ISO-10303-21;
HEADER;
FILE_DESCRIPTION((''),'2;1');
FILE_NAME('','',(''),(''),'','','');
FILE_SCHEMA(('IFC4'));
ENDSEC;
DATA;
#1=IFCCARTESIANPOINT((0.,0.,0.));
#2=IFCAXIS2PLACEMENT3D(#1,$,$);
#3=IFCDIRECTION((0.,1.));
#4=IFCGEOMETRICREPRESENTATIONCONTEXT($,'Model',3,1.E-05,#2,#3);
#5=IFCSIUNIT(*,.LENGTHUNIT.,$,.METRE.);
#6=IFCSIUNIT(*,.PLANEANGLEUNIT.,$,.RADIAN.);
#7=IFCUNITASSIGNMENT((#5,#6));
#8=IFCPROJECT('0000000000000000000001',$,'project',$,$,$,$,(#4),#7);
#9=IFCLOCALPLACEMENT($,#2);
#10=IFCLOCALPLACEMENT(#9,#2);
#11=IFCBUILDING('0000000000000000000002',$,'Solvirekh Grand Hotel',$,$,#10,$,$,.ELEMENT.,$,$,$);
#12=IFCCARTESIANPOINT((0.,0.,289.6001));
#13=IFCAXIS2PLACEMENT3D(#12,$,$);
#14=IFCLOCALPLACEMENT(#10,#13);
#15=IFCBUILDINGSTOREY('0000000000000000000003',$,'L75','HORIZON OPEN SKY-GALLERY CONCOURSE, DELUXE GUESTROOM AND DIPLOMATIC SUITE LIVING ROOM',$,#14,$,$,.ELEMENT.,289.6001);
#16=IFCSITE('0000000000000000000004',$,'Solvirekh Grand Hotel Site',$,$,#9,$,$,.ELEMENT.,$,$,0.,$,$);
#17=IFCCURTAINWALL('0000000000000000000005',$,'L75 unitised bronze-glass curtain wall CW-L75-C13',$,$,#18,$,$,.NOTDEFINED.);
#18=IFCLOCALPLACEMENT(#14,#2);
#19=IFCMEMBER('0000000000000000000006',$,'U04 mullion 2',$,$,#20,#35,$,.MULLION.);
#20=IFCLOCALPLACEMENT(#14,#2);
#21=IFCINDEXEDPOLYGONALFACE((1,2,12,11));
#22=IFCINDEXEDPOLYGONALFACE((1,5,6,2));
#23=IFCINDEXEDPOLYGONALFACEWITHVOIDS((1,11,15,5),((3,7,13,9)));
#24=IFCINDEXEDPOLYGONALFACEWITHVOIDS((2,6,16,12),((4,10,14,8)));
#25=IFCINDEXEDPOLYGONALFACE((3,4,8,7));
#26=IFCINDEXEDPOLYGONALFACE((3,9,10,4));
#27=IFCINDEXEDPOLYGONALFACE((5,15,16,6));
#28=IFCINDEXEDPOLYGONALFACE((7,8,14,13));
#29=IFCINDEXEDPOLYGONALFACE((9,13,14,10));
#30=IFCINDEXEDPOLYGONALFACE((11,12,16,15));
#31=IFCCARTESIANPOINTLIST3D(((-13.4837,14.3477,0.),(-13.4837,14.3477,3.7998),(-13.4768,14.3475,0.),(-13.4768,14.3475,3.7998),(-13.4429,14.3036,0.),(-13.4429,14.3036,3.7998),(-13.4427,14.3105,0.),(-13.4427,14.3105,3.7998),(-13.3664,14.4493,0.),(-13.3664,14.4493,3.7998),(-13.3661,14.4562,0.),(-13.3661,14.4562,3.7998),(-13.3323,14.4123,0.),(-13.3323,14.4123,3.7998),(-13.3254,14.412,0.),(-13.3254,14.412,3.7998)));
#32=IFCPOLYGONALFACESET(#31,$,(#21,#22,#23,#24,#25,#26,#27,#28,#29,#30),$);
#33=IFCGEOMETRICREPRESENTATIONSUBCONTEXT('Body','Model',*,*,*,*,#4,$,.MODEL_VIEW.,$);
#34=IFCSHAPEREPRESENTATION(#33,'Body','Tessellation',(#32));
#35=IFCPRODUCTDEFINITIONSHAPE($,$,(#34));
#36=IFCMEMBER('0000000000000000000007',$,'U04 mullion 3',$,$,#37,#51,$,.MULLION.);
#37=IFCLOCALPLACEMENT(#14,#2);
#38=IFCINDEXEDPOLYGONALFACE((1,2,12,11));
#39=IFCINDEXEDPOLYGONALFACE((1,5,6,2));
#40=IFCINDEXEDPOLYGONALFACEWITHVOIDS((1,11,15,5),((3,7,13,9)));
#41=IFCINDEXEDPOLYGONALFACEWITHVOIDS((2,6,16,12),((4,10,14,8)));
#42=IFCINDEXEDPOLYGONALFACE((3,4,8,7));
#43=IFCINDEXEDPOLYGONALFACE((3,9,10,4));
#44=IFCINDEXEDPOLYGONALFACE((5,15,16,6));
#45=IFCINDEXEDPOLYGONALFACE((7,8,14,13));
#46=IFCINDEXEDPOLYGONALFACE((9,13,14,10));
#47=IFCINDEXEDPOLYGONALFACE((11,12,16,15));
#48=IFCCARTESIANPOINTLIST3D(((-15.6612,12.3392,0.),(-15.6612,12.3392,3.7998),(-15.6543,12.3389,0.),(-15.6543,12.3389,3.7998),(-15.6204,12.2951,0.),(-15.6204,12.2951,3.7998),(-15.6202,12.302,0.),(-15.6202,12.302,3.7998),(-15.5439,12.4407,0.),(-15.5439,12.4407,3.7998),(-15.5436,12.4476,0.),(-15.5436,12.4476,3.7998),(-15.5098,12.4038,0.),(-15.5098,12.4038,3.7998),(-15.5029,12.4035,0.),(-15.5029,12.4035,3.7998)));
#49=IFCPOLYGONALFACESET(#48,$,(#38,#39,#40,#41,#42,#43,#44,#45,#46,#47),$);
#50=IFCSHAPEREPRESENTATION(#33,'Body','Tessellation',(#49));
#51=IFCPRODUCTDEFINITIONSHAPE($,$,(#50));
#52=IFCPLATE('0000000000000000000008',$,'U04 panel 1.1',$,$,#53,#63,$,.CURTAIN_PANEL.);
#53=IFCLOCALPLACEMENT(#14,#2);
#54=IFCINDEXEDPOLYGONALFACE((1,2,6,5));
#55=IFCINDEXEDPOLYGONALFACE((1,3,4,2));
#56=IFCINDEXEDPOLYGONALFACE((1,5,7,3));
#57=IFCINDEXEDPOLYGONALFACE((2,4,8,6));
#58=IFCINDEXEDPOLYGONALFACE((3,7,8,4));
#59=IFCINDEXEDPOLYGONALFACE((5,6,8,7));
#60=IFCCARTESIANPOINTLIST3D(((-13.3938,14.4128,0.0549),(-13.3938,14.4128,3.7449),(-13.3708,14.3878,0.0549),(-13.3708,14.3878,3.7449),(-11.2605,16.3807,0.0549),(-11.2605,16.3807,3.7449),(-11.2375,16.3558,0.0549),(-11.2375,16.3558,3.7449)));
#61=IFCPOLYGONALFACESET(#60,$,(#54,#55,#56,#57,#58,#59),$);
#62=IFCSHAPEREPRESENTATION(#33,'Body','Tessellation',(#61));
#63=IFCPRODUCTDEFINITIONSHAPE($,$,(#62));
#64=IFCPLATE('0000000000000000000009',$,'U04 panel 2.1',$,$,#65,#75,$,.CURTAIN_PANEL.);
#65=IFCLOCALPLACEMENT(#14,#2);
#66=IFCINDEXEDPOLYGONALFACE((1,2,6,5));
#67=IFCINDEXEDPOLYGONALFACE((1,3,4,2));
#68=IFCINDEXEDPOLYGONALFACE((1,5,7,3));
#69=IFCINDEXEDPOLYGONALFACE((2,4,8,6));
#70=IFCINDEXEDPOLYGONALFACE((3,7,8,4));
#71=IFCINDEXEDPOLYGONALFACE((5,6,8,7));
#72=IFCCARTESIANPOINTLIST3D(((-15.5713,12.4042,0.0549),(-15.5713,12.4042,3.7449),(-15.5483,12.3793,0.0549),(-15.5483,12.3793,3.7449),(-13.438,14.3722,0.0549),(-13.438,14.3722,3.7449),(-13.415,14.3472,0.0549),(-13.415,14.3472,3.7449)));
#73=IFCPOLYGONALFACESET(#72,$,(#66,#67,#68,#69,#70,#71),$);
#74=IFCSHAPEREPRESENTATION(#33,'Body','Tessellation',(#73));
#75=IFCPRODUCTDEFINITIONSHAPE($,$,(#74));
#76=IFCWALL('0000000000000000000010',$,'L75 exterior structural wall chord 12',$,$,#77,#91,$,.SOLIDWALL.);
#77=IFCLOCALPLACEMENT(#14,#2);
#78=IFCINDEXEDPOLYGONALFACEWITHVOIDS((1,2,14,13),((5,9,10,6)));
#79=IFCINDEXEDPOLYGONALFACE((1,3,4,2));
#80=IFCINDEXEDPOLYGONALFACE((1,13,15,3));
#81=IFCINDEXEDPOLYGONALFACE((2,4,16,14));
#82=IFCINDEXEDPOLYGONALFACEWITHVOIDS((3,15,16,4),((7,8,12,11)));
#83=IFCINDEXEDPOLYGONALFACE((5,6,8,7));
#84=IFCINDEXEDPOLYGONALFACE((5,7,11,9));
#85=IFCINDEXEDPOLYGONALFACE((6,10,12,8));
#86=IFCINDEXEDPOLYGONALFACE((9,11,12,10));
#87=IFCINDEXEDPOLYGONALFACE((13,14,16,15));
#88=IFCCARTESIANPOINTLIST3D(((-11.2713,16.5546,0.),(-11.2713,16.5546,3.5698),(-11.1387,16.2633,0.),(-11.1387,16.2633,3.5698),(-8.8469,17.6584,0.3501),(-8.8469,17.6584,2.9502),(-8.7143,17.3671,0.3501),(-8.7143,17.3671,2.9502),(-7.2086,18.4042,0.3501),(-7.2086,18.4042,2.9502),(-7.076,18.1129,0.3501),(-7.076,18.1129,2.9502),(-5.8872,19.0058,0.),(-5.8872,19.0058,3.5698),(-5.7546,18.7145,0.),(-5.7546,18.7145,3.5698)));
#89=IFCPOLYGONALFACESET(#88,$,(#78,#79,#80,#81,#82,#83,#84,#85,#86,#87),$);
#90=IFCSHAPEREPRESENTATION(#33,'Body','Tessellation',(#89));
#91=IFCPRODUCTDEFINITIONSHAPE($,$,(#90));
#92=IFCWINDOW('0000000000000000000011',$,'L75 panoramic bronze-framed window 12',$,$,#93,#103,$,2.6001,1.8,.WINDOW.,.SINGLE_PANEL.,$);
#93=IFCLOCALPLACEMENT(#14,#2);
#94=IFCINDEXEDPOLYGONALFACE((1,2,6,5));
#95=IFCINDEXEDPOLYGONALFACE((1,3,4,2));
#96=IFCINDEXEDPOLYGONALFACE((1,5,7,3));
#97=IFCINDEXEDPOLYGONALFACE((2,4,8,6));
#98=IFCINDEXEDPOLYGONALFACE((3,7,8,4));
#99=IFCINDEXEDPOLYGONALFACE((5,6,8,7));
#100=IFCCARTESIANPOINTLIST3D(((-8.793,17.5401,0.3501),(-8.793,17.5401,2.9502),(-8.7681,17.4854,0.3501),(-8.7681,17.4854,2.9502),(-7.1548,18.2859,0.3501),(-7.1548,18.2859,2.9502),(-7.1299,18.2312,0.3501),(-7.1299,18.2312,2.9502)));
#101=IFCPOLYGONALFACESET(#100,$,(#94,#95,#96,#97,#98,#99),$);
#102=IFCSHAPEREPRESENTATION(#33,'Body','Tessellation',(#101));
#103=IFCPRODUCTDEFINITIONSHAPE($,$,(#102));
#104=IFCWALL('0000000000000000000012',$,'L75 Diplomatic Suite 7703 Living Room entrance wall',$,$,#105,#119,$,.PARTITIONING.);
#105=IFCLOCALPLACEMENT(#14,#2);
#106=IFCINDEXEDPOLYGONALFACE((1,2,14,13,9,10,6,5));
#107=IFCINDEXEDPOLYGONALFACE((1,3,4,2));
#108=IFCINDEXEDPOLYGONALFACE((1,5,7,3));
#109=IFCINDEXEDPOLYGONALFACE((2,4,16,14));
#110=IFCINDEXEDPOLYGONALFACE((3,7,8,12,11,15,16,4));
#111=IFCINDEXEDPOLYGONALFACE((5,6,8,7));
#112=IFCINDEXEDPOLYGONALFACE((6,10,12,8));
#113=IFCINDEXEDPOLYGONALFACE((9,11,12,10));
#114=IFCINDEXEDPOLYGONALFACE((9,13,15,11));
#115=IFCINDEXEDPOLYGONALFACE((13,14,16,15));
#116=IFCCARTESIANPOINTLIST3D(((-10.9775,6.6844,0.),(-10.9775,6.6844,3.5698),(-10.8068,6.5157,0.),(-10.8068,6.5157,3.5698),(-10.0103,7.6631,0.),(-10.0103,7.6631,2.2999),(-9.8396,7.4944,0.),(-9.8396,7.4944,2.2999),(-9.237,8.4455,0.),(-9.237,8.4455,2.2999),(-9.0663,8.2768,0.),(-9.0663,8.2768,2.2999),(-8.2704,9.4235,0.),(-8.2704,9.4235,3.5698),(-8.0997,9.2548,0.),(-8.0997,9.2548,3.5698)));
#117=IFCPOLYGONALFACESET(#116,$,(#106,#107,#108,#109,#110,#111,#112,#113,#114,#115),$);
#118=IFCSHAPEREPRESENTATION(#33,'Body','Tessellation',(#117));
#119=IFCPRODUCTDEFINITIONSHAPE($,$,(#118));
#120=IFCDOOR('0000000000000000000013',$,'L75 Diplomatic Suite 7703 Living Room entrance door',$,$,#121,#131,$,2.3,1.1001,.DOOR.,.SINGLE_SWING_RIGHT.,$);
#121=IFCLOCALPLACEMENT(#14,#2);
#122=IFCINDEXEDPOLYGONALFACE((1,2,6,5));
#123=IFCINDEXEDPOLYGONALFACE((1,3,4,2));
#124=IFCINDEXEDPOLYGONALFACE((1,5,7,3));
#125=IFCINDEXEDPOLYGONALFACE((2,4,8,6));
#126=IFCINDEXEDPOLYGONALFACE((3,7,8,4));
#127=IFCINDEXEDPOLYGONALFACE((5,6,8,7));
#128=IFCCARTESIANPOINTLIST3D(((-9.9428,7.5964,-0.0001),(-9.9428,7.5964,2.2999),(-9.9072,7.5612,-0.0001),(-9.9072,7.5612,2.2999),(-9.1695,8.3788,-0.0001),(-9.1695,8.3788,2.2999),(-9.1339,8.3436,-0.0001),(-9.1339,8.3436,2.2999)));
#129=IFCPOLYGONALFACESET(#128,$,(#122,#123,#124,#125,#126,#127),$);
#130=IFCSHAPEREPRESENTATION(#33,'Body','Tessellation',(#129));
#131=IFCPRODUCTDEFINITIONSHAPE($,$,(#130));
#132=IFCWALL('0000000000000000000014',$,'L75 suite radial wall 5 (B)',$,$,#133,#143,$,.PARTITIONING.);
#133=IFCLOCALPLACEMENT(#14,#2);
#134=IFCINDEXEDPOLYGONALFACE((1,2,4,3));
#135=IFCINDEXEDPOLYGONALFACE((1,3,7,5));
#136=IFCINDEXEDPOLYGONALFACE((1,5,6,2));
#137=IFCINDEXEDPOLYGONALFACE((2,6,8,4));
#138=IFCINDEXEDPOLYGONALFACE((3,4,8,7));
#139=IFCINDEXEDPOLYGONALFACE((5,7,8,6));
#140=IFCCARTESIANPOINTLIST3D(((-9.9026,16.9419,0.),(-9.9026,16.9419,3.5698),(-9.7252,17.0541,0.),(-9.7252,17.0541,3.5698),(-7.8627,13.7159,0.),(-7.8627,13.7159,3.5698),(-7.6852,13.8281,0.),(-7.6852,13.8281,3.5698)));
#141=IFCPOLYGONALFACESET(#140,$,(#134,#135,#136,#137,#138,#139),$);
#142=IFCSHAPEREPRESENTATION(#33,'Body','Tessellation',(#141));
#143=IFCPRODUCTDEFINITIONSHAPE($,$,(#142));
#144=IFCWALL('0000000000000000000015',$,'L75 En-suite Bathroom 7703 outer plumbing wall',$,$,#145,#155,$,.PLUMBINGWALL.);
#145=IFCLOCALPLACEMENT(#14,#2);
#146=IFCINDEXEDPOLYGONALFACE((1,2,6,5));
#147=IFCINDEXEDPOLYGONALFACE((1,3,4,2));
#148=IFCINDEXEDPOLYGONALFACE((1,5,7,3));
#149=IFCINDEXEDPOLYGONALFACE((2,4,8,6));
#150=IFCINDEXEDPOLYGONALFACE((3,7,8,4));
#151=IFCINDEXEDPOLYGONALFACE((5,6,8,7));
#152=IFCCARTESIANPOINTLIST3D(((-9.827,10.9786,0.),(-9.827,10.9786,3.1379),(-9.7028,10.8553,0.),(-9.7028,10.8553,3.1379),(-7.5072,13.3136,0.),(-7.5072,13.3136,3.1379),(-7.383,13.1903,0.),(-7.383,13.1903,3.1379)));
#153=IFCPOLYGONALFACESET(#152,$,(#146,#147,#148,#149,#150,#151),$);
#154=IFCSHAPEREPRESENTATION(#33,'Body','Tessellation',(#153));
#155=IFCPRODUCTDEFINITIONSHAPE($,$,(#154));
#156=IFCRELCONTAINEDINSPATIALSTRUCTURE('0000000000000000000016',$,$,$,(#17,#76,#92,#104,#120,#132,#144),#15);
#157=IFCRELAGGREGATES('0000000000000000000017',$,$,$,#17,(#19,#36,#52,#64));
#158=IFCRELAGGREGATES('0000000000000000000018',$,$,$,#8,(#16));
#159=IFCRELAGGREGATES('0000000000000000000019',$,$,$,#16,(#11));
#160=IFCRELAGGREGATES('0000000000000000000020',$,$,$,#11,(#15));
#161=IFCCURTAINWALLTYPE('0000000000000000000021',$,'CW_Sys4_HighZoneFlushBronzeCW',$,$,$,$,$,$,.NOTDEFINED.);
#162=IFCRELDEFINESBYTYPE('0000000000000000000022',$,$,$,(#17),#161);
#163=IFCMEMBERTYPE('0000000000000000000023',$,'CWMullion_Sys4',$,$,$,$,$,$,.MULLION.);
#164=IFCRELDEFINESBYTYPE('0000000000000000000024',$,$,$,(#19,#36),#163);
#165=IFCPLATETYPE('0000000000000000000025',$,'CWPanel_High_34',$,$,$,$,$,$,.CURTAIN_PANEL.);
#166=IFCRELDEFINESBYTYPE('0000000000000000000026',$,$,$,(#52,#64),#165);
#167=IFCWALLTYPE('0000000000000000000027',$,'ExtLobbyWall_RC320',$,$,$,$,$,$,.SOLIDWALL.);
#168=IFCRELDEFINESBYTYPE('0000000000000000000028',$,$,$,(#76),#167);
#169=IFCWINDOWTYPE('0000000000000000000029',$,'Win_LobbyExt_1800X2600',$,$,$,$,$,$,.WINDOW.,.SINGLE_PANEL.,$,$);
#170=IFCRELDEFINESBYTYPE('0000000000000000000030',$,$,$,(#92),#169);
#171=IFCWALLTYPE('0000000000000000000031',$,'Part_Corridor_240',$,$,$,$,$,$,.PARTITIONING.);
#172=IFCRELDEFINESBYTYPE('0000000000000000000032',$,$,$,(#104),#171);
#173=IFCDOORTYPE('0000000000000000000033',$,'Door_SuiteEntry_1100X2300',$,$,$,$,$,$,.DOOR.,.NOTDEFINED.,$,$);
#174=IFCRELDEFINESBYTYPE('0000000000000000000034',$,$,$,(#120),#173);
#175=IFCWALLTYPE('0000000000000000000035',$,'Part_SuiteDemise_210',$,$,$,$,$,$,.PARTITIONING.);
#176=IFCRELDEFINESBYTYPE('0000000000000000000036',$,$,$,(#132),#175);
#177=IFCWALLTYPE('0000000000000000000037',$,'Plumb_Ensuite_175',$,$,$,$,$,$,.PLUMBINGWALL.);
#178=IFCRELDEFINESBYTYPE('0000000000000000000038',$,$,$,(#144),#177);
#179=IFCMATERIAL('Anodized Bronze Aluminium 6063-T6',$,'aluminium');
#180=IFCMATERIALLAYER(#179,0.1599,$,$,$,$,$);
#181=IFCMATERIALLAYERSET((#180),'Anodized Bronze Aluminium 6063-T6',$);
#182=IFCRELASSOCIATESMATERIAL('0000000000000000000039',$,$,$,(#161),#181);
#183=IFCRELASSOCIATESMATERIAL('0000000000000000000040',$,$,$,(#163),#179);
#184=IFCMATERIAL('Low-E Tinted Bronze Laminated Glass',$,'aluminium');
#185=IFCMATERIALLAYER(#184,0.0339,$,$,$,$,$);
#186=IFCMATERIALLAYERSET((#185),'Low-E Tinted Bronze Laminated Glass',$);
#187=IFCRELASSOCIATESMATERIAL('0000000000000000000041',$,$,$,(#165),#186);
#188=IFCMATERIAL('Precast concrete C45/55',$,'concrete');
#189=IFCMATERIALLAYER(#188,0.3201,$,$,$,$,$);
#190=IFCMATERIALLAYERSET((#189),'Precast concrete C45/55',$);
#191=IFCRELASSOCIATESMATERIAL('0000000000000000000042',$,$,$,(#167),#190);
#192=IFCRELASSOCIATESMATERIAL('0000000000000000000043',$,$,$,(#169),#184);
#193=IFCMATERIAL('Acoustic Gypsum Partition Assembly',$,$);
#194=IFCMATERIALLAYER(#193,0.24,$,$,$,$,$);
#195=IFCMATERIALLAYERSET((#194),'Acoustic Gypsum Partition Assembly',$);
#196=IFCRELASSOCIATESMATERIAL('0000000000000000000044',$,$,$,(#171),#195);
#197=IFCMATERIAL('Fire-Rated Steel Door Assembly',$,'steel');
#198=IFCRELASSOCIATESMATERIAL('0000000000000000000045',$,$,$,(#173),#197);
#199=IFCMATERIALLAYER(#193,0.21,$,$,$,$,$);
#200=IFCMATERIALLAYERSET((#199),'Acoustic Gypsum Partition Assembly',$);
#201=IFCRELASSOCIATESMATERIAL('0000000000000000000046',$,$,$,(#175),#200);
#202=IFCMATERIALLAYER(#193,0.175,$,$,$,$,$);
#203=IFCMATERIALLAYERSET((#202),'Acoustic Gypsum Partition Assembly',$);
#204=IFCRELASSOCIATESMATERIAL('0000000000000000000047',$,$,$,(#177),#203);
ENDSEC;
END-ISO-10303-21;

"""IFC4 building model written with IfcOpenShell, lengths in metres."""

from ifc_helpers import new_model, si_unit, direction, frame, frame_2d, origin, origin_2d, place, context, subcontext, project, spatial, rectangle, hollow_rectangle, extrude, source, transform, mapped, material, layer, layer_set, material_profile, profile_set, type_object, element, fill, aggregate, save


model = new_model("IFC4")

# Units and contexts
model_context = context("Model", 3, precision=1e-05, world=origin(), true_north=direction((0.0, 1.0)))
body_context = subcontext(model_context, "Body", "Model", "MODEL_VIEW")
ifc_project = project(units=[si_unit("LENGTHUNIT", "METRE"), si_unit("PLANEANGLEUNIT", "RADIAN")], contexts=[model_context])

# Site, building, storey
site_placement = place(None, origin())
site = spatial("IfcSite", under=ifc_project, at=site_placement, Name="Solvirekh Grand Hotel Site", CompositionType="ELEMENT", RefElevation=0.0)
building_placement = place(site_placement, origin())
building = spatial("IfcBuilding", under=site, at=building_placement, Name="Solvirekh Grand Hotel", CompositionType="ELEMENT")
storey_placement = place(building_placement, frame((0.0, 0.0, 289.6001)))
storey = spatial("IfcBuildingStorey", under=building, at=storey_placement, Name="L75", Description="HORIZON OPEN SKY-GALLERY CONCOURSE, DELUXE GUESTROOM AND DIPLOMATIC SUITE LIVING ROOM", CompositionType="ELEMENT", Elevation=289.6001)

# Curtain wall, members, plates
ifc_material_1 = material(Name="Anodized Bronze Aluminium 6063-T6", Category="aluminium")
ifc_layer_1 = layer(ifc_material_1, 0.1599)
ifc_layer_set_1 = layer_set([ifc_layer_1], Name="Anodized Bronze Aluminium 6063-T6")
curtain_wall_type = type_object("IfcCurtainWallType", Name="CW_Sys4_HighZoneFlushBronzeCW", PredefinedType="NOTDEFINED", material=ifc_layer_set_1)
curtain_wall_placement = place(storey_placement, origin())
curtain_wall = element("IfcCurtainWall", 1, at=curtain_wall_placement, inside=storey, type_object=curtain_wall_type, Name="L75 unitised bronze-glass curtain wall CW-L75-C13", PredefinedType="NOTDEFINED")
ifc_material_profile_1 = material_profile(ifc_material_1, hollow_rectangle(XDim=0.0601, YDim=0.1599, WallThickness=0.0049, at=origin_2d()), Name="ALU RHS 160X60X5")
ifc_profile_set_1 = profile_set([ifc_material_profile_1], Name="Anodized Bronze Aluminium 6063-T6")
member_type_1 = type_object("IfcMemberType", Name="CWMullion_Sys4", PredefinedType="MULLION", material=ifc_profile_set_1)
shared_shape_1 = source(origin(), body_context, "Body", "SweptSolid", [
    extrude(hollow_rectangle(XDim=0.0601, YDim=0.1599, WallThickness=0.0049, at=origin_2d()), origin(), (0.0, 0.0, 1.0), 3.7998),
])
member_1_placement = place(storey_placement, frame((-13.4045, 14.3799, 0.0), z_axis=(0.0, 0.0, 1.0), x_axis=(0.678044, -0.735021, 0.0)))
member_1 = element("IfcMember", 2, at=member_1_placement, type_object=member_type_1, Name="U04 mullion 2", PredefinedType="MULLION", context=body_context, shape_type="MappedRepresentation", body=[
    mapped(shared_shape_1, transform((0.0, 0.0, 0.0), x_axis=(1.0, 0.0, 0.0), y_axis=(0.0, 1.0, 0.0), z_axis=(0.0, 0.0, 1.0), scale=1.0)),
])
member_2_placement = place(storey_placement, frame((-15.582, 12.3713, 0.0), z_axis=(0.0, 0.0, 1.0), x_axis=(0.678044, -0.735021, 0.0)))
member_2 = element("IfcMember", 3, at=member_2_placement, type_object=member_type_1, Name="U04 mullion 3", PredefinedType="MULLION", context=body_context, shape_type="MappedRepresentation", body=[
    mapped(shared_shape_1, transform((0.0, 0.0, 0.0), x_axis=(1.0, 0.0, 0.0), y_axis=(0.0, 1.0, 0.0), z_axis=(0.0, 0.0, 1.0), scale=1.0)),
])
ifc_material_2 = material(Name="Low-E Tinted Bronze Laminated Glass", Category="aluminium")
ifc_layer_2 = layer(ifc_material_2, 0.0339)
ifc_layer_set_2 = layer_set([ifc_layer_2], Name="Low-E Tinted Bronze Laminated Glass")
plate_type = type_object("IfcPlateType", Name="CWPanel_High_34", PredefinedType="CURTAIN_PANEL", material=ifc_layer_set_2)
shared_shape_2 = source(origin(), body_context, "Body", "SweptSolid", [
    extrude(rectangle(XDim=2.9023, YDim=0.0339, at=origin_2d()), origin(), (0.0, 0.0, 1.0), 3.6899),
])
plate_1_placement = place(storey_placement, frame((-12.3157, 15.3843, 0.0549), z_axis=(0.0, 0.0, 1.0), x_axis=(-0.735021, -0.678044, 0.0)))
plate_1 = element("IfcPlate", 4, at=plate_1_placement, type_object=plate_type, Name="U04 panel 1.1", PredefinedType="CURTAIN_PANEL", context=body_context, shape_type="MappedRepresentation", body=[
    mapped(shared_shape_2, transform((0.0, 0.0, 0.0), x_axis=(1.0, 0.0, 0.0), y_axis=(0.0, 1.0, 0.0), z_axis=(0.0, 0.0, 1.0), scale=1.0)),
])
plate_2_placement = place(storey_placement, frame((-14.4932, 13.3757, 0.0549), z_axis=(0.0, 0.0, 1.0), x_axis=(-0.735021, -0.678044, 0.0)))
plate_2 = element("IfcPlate", 5, at=plate_2_placement, type_object=plate_type, Name="U04 panel 2.1", PredefinedType="CURTAIN_PANEL", context=body_context, shape_type="MappedRepresentation", body=[
    mapped(shared_shape_2, transform((0.0, 0.0, 0.0), x_axis=(1.0, 0.0, 0.0), y_axis=(0.0, 1.0, 0.0), z_axis=(0.0, 0.0, 1.0), scale=1.0)),
])
aggregate(curtain_wall, [member_1, member_2, plate_1, plate_2])

# Wall, opening, window
ifc_material_3 = material(Name="Precast concrete C45/55", Category="concrete")
ifc_layer_3 = layer(ifc_material_3, 0.3201)
ifc_layer_set_3 = layer_set([ifc_layer_3], Name="Precast concrete C45/55")
wall_type_1 = type_object("IfcWallType", Name="ExtLobbyWall_RC320", PredefinedType="SOLIDWALL", material=ifc_layer_set_3)
wall_1_placement = place(storey_placement, frame((-11.2051, 16.4089, 0.0), z_axis=(0.0, 0.0, 1.0), x_axis=(0.910119, 0.414347, 0.0)))
wall_1 = element("IfcWall", 6, at=wall_1_placement, inside=storey, type_object=wall_type_1, Name="L75 exterior structural wall chord 12", PredefinedType="SOLIDWALL", context=body_context, shape_type="SweptSolid", body=[
    extrude(rectangle(XDim=5.9158, YDim=0.3201, at=frame_2d((2.958, 0.0))), origin(), (0.0, 0.0, 1.0), 3.5698),
])
opening_1_placement = place(wall_1_placement, frame((2.6641, 0.0, 0.3501)))
opening_1 = element("IfcOpeningElement", 7, at=opening_1_placement, cuts=wall_1, PredefinedType="OPENING", context=body_context, shape_type="SweptSolid", body=[
    extrude(rectangle(XDim=1.8, YDim=2.6001, at=frame_2d((0.8999, 1.3))), frame((0.0, 0.1699, 0.0), z_axis=(0.0, -1.0, 0.0), x_axis=(1.0, 0.0, 0.0)), (0.0, 0.0, 1.0), 0.3401),
])
window_type = type_object("IfcWindowType", Name="Win_LobbyExt_1800X2600", PartitioningType="SINGLE_PANEL", PredefinedType="WINDOW", material=ifc_material_2)
window_placement = place(opening_1_placement, origin())
window = element("IfcWindow", 8, at=window_placement, inside=storey, type_object=window_type, Name="L75 panoramic bronze-framed window 12", OverallHeight=2.6001, OverallWidth=1.8, PartitioningType="SINGLE_PANEL", PredefinedType="WINDOW", context=body_context, shape_type="SweptSolid", body=[
    extrude(rectangle(XDim=1.8, YDim=2.6001, at=frame_2d((0.8999, 1.3))), frame((0.0, 0.03, 0.0), z_axis=(0.0, -1.0, 0.0), x_axis=(1.0, 0.0, 0.0)), (0.0, 0.0, 1.0), 0.0601),
])
fill(opening_1, window)

# Wall, opening, door
ifc_material_4 = material(Name="Acoustic Gypsum Partition Assembly")
ifc_layer_4 = layer(ifc_material_4, 0.24)
ifc_layer_set_4 = layer_set([ifc_layer_4], Name="Acoustic Gypsum Partition Assembly")
wall_type_2 = type_object("IfcWallType", Name="Part_Corridor_240", PredefinedType="PARTITIONING", material=ifc_layer_set_4)
wall_2_placement = place(storey_placement, frame((-8.1851, 9.3391, 0.0), z_axis=(0.0, 0.0, 1.0), x_axis=(-0.702942, -0.711247, 0.0)))
wall_2 = element("IfcWall", 9, at=wall_2_placement, inside=storey, type_object=wall_type_2, Name="L75 Diplomatic Suite 7703 Living Room entrance wall", PredefinedType="PARTITIONING", context=body_context, shape_type="SweptSolid", body=[
    extrude(rectangle(XDim=3.8511, YDim=0.24, at=frame_2d((1.9255, 0.0))), origin(), (0.0, 0.0, 1.0), 3.5698),
])
opening_2_placement = place(wall_2_placement, frame((1.375, 0.0, 0.0)))
opening_2 = element("IfcOpeningElement", 10, at=opening_2_placement, cuts=wall_2, PredefinedType="OPENING", context=body_context, shape_type="SweptSolid", body=[
    extrude(rectangle(XDim=1.1001, YDim=2.3, at=frame_2d((0.55, 1.1499))), frame((0.0, 0.1299, 0.0), z_axis=(0.0, -1.0, 0.0), x_axis=(1.0, 0.0, 0.0)), (0.0, 0.0, 1.0), 0.26),
])
ifc_material_5 = material(Name="Fire-Rated Steel Door Assembly", Category="steel")
door_type_1 = type_object("IfcDoorType", Name="Door_SuiteEntry_1100X2300", OperationType="NOTDEFINED", PredefinedType="DOOR", material=ifc_material_5)
door_1_placement = place(opening_2_placement, origin())
door_1 = element("IfcDoor", 11, at=door_1_placement, inside=storey, type_object=door_type_1, Name="L75 Diplomatic Suite 7703 Living Room entrance door", OperationType="SINGLE_SWING_RIGHT", OverallHeight=2.3, OverallWidth=1.1001, PredefinedType="DOOR", context=body_context, shape_type="SweptSolid", body=[
    extrude(rectangle(XDim=1.1001, YDim=2.3, at=frame_2d((0.55, 1.1499))), frame((0.0, 0.0249, 0.0), z_axis=(0.0, -1.0, 0.0), x_axis=(1.0, 0.0, 0.0)), (0.0, 0.0, 1.0), 0.05),
])
fill(opening_2, door_1)

# Walls
ifc_layer_5 = layer(ifc_material_4, 0.21)
ifc_layer_set_5 = layer_set([ifc_layer_5], Name="Acoustic Gypsum Partition Assembly")
wall_type_3 = type_object("IfcWallType", Name="Part_SuiteDemise_210", PredefinedType="PARTITIONING", material=ifc_layer_set_5)
wall_3_placement = place(storey_placement, frame((-7.7739, 13.772, 0.0), z_axis=(0.0, 0.0, 1.0), x_axis=(-0.534465, 0.845191, 0.0)))
element("IfcWall", 12, at=wall_3_placement, inside=storey, type_object=wall_type_3, Name="L75 suite radial wall 5 (B)", PredefinedType="PARTITIONING", context=body_context, shape_type="SweptSolid", body=[
    extrude(rectangle(XDim=3.8169, YDim=0.21, at=frame_2d((1.9084, 0.0))), origin(), (0.0, 0.0, 1.0), 3.5698),
])
ifc_layer_6 = layer(ifc_material_4, 0.175)
ifc_layer_set_6 = layer_set([ifc_layer_6], Name="Acoustic Gypsum Partition Assembly")
wall_type_4 = type_object("IfcWallType", Name="Plumb_Ensuite_175", PredefinedType="PLUMBINGWALL", material=ifc_layer_set_6)
wall_4_placement = place(storey_placement, frame((-7.4451, 13.252, 0.0), z_axis=(0.0, 0.0, 1.0), x_axis=(-0.704804, -0.709402, 0.0)))
element("IfcWall", 13, at=wall_4_placement, inside=storey, type_object=wall_type_4, Name="L75 En-suite Bathroom 7703 outer plumbing wall", PredefinedType="PLUMBINGWALL", context=body_context, shape_type="SweptSolid", body=[
    extrude(rectangle(XDim=3.2915, YDim=0.175, at=frame_2d((1.6458, 0.0))), origin(), (0.0, 0.0, 1.0), 3.1379),
])

save(model, "model.ifc")
